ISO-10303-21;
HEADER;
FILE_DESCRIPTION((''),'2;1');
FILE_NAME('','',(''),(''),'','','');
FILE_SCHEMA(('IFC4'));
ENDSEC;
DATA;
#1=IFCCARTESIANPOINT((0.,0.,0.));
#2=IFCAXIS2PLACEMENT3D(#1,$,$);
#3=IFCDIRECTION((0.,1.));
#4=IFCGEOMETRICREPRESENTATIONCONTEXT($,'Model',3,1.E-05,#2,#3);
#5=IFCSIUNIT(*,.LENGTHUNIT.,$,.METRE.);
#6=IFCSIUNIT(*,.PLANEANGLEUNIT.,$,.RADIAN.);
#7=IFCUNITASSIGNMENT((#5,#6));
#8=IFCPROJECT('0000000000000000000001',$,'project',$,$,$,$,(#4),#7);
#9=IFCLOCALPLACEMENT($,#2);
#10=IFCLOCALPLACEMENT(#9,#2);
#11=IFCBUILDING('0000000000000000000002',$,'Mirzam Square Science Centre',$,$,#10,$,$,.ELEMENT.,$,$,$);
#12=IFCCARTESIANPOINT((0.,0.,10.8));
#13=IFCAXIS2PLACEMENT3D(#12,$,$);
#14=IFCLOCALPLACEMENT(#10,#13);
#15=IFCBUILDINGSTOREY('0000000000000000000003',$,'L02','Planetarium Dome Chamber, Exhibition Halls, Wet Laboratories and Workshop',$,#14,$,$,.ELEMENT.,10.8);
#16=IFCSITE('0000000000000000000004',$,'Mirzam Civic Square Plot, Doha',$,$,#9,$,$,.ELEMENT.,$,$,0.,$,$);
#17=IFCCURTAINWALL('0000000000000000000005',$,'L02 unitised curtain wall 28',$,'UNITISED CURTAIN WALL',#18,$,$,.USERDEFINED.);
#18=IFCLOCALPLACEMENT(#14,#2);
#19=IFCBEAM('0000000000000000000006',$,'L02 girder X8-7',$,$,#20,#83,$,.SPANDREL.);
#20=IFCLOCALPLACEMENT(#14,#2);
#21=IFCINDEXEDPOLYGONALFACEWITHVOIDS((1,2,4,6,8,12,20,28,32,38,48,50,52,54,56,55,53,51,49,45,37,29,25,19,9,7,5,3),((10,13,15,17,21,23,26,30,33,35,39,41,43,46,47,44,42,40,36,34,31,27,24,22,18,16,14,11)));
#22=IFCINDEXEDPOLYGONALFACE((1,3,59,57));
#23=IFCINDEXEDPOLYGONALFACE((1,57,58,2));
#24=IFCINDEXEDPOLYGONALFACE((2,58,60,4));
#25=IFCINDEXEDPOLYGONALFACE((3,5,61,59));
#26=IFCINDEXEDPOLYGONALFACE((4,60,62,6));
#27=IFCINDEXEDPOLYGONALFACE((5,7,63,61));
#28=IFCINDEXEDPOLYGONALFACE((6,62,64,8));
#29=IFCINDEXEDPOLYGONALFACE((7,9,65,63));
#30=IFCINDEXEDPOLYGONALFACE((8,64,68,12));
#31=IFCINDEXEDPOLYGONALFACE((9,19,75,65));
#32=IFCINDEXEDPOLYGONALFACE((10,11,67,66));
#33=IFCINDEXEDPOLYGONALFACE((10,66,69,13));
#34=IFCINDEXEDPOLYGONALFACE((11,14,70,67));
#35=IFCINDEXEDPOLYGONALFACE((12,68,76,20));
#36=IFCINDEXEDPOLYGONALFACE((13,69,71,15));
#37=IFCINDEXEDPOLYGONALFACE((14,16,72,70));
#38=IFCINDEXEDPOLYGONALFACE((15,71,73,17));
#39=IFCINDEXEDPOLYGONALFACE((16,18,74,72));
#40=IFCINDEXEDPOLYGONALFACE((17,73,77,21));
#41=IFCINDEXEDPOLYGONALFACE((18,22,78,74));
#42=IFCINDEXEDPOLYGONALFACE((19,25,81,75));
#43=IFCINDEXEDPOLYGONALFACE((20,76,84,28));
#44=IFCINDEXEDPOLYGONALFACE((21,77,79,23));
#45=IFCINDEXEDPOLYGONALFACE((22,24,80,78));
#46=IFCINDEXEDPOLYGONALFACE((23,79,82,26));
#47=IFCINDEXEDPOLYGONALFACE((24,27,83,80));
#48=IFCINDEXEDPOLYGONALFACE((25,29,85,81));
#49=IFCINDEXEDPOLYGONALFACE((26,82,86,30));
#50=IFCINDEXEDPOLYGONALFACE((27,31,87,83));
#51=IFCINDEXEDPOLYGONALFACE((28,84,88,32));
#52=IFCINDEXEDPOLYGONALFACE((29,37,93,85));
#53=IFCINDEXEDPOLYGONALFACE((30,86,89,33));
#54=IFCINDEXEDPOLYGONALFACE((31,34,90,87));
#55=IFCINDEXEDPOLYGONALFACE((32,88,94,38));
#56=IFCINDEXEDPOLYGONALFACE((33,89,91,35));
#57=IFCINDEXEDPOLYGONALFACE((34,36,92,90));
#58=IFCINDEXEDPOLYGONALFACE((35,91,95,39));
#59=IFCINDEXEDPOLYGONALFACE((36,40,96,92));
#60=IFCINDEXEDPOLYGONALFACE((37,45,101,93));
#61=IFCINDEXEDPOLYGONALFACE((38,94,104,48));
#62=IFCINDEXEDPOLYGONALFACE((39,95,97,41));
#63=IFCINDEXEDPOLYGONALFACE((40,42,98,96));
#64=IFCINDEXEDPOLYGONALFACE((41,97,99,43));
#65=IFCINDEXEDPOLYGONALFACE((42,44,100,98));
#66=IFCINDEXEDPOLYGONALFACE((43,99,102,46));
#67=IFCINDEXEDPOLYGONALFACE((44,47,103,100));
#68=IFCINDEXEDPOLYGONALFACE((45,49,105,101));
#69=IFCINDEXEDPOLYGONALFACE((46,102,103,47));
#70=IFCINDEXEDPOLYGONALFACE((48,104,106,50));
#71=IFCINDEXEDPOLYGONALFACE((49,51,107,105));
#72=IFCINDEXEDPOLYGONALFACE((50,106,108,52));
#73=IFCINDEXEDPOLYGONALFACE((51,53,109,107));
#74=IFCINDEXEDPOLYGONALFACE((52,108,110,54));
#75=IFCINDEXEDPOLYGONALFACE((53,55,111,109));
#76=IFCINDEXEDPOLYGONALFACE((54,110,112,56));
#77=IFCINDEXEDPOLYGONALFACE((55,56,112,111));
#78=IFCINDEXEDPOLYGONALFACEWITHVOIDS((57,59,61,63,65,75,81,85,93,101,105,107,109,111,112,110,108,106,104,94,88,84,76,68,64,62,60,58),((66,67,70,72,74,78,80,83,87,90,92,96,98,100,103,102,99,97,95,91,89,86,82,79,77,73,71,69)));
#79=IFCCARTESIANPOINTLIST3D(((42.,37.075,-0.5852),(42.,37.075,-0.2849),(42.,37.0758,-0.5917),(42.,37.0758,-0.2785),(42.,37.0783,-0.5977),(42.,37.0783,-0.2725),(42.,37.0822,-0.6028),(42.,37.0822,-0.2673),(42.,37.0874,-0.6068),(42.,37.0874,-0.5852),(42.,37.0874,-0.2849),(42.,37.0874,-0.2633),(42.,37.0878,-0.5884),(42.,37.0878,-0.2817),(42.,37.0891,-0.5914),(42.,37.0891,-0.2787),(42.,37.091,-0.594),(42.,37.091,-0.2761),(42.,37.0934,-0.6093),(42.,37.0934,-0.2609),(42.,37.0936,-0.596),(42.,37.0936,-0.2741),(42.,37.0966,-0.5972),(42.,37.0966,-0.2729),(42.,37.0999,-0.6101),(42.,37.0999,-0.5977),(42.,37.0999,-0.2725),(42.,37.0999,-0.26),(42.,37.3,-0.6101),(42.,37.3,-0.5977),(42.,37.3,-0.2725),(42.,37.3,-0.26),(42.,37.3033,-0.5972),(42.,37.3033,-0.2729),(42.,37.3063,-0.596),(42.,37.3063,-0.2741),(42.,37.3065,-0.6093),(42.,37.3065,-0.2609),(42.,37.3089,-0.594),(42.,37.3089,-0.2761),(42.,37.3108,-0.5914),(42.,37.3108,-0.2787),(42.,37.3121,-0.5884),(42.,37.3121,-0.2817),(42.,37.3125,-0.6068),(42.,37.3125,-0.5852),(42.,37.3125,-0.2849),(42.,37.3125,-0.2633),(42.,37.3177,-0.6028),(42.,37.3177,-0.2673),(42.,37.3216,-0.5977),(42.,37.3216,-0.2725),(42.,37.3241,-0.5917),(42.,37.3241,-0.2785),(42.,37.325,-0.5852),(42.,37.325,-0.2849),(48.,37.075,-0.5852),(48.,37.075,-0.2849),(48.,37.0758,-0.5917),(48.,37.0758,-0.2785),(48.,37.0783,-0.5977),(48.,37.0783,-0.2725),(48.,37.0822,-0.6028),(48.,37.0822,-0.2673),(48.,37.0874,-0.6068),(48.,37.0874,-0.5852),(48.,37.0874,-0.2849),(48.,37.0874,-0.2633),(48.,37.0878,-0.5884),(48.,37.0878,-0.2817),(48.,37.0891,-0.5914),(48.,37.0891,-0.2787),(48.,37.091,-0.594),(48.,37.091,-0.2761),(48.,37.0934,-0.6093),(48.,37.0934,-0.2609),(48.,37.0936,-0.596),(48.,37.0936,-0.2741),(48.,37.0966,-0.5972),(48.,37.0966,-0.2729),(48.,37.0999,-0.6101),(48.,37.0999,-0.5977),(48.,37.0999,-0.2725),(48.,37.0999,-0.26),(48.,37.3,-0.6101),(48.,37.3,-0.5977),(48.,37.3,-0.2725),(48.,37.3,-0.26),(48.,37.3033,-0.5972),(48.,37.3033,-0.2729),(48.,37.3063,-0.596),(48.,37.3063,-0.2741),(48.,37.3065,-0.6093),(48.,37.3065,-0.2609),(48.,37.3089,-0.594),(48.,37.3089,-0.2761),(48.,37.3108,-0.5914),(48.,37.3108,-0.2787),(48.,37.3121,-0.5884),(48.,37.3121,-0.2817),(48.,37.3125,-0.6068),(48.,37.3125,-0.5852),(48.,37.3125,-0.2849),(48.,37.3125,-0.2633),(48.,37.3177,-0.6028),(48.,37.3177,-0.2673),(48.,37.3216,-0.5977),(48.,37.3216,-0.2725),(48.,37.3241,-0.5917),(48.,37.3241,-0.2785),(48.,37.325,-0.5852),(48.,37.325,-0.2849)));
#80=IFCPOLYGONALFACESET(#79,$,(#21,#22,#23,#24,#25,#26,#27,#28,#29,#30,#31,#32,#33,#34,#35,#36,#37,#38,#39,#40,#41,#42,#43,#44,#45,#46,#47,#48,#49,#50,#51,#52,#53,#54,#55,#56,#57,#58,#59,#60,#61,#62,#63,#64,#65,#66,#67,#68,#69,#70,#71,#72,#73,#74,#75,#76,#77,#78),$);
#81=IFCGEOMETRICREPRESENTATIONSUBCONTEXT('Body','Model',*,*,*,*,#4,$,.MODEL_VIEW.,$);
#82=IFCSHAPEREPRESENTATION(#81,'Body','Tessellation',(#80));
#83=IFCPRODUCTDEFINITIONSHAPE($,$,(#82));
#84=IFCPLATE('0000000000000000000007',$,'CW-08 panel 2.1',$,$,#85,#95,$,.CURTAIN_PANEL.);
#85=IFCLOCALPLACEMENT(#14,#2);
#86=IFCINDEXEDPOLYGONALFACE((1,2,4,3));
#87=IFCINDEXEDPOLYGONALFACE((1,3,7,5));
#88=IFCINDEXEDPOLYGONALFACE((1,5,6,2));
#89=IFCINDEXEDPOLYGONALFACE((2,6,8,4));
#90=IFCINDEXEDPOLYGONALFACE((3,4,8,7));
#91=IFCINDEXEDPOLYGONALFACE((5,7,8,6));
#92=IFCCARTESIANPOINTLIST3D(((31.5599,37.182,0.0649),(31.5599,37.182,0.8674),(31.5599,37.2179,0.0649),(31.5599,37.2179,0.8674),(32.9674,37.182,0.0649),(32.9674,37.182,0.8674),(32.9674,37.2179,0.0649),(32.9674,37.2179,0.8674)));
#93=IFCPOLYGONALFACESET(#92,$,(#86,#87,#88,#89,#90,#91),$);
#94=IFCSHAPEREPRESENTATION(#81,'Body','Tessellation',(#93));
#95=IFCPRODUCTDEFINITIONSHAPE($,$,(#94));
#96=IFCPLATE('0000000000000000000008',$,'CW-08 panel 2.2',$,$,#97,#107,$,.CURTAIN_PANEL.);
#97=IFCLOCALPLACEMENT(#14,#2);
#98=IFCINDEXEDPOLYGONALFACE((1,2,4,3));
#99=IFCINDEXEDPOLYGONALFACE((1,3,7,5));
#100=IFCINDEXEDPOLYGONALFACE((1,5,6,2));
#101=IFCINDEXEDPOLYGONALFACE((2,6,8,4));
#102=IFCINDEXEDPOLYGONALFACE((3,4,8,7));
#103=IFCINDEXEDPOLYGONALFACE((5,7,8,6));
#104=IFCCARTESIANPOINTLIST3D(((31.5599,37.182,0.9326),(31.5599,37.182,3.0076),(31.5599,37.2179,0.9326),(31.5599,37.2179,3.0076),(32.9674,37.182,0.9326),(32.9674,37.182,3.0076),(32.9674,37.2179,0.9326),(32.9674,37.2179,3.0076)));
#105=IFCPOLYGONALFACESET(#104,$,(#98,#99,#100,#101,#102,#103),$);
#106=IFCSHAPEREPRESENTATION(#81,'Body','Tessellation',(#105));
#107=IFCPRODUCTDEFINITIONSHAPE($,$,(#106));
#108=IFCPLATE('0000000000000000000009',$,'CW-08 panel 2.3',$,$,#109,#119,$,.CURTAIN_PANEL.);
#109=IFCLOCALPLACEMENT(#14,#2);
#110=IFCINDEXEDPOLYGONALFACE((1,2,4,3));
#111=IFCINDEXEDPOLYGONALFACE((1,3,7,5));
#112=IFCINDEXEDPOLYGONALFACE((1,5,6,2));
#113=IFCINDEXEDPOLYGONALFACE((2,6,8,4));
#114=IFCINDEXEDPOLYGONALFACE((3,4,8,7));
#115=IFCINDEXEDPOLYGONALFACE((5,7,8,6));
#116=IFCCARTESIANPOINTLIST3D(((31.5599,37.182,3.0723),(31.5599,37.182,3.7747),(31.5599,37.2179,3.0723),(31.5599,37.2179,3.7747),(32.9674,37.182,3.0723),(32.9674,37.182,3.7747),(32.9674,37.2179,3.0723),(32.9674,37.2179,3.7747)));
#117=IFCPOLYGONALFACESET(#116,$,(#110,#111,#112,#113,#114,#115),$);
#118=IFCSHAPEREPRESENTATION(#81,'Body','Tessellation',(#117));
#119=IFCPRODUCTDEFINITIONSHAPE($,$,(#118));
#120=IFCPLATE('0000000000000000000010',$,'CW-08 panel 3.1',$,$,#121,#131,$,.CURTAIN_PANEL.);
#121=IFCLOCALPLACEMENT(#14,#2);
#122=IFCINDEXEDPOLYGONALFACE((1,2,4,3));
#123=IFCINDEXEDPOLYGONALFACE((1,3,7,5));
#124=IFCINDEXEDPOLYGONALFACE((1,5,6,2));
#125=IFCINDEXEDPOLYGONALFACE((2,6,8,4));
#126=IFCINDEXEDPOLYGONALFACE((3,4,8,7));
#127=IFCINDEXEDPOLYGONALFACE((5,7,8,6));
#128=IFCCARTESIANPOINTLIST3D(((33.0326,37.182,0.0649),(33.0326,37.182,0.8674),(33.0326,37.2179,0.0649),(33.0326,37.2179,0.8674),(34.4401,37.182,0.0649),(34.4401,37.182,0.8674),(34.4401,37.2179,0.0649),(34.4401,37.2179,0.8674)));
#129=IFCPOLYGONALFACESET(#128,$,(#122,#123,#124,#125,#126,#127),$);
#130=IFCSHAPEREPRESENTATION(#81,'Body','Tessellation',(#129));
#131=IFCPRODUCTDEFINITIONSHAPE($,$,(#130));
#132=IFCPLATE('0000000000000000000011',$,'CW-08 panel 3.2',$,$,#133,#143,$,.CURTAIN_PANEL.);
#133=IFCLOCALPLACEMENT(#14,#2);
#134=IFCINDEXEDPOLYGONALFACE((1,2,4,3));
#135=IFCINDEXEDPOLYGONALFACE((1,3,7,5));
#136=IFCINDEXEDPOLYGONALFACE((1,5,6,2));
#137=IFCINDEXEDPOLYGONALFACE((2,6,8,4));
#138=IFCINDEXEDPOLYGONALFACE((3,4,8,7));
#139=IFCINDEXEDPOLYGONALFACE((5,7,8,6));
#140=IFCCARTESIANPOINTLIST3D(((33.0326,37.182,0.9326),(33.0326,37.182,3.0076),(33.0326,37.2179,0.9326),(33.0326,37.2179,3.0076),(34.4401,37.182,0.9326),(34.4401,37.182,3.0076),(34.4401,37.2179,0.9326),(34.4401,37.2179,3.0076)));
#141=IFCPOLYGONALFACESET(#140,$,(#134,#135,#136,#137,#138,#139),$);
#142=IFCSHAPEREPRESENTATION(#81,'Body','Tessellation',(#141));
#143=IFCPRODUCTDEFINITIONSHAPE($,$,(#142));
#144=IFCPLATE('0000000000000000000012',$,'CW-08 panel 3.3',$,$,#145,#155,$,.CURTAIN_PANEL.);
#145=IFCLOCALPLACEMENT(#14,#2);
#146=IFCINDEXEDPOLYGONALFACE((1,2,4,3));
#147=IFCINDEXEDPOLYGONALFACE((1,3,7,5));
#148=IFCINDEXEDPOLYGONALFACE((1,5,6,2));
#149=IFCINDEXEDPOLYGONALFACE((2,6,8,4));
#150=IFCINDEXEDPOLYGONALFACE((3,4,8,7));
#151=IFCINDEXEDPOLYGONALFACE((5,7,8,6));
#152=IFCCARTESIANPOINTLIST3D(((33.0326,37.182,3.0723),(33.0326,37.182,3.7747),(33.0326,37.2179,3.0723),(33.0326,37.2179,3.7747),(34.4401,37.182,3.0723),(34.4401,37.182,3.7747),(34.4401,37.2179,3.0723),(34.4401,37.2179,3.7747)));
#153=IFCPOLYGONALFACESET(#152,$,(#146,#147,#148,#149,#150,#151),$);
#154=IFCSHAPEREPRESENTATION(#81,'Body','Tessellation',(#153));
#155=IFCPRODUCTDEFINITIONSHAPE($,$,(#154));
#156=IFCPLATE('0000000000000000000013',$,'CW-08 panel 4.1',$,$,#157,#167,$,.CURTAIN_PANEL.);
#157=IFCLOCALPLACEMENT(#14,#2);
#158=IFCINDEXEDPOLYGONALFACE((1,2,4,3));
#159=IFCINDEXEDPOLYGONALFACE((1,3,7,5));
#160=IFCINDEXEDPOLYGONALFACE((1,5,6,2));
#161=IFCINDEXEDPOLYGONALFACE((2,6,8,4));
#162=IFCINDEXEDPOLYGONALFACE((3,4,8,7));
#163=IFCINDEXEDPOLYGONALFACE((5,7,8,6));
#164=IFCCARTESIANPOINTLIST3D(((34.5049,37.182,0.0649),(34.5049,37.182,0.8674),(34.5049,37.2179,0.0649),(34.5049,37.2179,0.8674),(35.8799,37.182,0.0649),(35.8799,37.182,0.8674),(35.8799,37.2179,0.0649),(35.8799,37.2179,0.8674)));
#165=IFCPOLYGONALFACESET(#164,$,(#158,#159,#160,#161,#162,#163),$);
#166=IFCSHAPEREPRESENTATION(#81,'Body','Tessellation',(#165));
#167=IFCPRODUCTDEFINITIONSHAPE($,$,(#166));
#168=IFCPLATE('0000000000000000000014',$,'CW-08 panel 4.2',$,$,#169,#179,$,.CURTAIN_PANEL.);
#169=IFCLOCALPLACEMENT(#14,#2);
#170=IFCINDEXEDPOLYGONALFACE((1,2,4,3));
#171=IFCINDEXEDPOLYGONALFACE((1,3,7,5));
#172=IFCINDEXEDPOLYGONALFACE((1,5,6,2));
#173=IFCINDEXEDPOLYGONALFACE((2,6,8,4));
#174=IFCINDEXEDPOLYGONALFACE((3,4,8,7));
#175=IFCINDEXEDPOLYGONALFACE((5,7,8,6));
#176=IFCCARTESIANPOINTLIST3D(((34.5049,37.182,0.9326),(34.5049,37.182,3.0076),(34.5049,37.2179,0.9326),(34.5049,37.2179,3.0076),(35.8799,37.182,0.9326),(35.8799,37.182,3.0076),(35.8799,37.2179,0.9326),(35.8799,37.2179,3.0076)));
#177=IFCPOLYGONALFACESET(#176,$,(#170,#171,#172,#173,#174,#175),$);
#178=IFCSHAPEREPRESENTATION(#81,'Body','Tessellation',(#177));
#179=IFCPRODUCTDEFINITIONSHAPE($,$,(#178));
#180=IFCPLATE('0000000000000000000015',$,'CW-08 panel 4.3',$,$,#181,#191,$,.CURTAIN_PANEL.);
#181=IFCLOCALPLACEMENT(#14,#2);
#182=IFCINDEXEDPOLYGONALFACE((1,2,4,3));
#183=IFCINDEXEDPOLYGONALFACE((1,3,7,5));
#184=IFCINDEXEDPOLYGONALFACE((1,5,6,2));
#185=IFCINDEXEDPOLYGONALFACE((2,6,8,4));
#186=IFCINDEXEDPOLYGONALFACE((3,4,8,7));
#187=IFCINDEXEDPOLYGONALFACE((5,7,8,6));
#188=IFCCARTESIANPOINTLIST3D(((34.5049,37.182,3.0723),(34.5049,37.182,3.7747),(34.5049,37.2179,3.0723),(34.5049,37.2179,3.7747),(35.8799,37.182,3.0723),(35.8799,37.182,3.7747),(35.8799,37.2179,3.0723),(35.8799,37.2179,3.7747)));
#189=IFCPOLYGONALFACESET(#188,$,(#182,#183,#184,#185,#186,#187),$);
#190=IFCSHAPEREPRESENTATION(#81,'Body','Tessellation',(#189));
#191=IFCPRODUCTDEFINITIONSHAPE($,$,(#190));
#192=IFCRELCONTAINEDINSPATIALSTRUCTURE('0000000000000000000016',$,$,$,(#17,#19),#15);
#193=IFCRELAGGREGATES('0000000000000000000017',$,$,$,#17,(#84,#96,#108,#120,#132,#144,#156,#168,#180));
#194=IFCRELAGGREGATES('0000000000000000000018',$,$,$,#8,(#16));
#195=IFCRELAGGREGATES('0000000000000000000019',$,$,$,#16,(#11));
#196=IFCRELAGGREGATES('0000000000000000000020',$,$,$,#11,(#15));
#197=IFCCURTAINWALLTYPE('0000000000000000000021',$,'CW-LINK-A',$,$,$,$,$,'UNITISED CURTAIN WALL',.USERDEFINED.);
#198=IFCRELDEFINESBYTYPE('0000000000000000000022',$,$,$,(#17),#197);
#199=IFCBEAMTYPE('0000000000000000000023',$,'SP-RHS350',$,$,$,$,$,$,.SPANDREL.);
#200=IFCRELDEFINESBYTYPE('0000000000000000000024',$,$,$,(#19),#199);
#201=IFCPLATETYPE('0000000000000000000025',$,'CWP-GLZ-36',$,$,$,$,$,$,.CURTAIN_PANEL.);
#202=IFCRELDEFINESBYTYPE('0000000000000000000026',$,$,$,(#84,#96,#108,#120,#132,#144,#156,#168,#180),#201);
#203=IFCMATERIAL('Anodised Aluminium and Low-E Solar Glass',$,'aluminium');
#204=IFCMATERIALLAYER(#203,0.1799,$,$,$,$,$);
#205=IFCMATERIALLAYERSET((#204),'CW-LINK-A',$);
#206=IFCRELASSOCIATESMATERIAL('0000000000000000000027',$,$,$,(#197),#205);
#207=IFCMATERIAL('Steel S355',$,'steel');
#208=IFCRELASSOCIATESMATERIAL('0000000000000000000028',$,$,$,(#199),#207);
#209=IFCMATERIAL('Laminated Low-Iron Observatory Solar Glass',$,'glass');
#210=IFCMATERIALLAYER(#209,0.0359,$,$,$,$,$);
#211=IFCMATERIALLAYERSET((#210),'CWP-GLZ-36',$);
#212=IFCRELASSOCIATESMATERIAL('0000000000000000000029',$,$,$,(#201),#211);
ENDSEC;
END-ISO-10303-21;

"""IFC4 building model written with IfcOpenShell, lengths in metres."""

from ifc_helpers import new_model, si_unit, direction, frame, origin, origin_2d, place, context, subcontext, project, spatial, rectangle, hollow_rectangle, extrude, material, layer, layer_set, material_profile, profile_set, type_object, element, aggregate, save


model = new_model("IFC4")

# Units and contexts
model_context = context("Model", 3, precision=1e-05, world=origin(), true_north=direction((0.0, 1.0)))
body_context = subcontext(model_context, "Body", "Model", "MODEL_VIEW")
ifc_project = project(units=[si_unit("LENGTHUNIT", "METRE"), si_unit("PLANEANGLEUNIT", "RADIAN")], contexts=[model_context])

# Site, building, storey
site_placement = place(None, origin())
site = spatial("IfcSite", under=ifc_project, at=site_placement, Name="Mirzam Civic Square Plot, Doha", CompositionType="ELEMENT", RefElevation=0.0)
building_placement = place(site_placement, origin())
building = spatial("IfcBuilding", under=site, at=building_placement, Name="Mirzam Square Science Centre", CompositionType="ELEMENT")
storey_placement = place(building_placement, frame((0.0, 0.0, 10.8)))
storey = spatial("IfcBuildingStorey", under=building, at=storey_placement, Name="L02", Description="Planetarium Dome Chamber, Exhibition Halls, Wet Laboratories and Workshop", CompositionType="ELEMENT", Elevation=10.8)

# Shared definitions
ifc_material_1 = material(Name="Steel S355", Category="steel")

# Shared definitions
ifc_material_2 = material(Name="Anodised Aluminium and Low-E Solar Glass", Category="aluminium")

# Curtain wall
ifc_layer_1 = layer(ifc_material_2, 0.1799)
ifc_layer_set_1 = layer_set([ifc_layer_1], Name="CW-LINK-A")
curtain_wall_type_1 = type_object("IfcCurtainWallType", Name="CW-LINK-A", ElementType="UNITISED CURTAIN WALL", PredefinedType="USERDEFINED", material=ifc_layer_set_1)
curtain_wall_1_placement = place(storey_placement, origin())
curtain_wall_1 = element("IfcCurtainWall", 1, at=curtain_wall_1_placement, inside=storey, type_object=curtain_wall_type_1, Name="L02 unitised curtain wall 28", ObjectType="UNITISED CURTAIN WALL", PredefinedType="USERDEFINED")

# Beam
ifc_material_profile_1 = material_profile(ifc_material_1, hollow_rectangle(XDim=0.25, YDim=0.3501, WallThickness=0.0125, InnerFilletRadius=0.0125, OuterFilletRadius=0.0249, at=origin_2d()), Name="350x250x12.5RHS")
ifc_profile_set_1 = profile_set([ifc_material_profile_1], Name="Steel S355")
beam_type_1 = type_object("IfcBeamType", Name="SP-RHS350", PredefinedType="SPANDREL", material=ifc_profile_set_1)
for number, where, z_axis, x_axis, name in (
    (2, (42.0, 37.2, -0.4351), (1.0, 0.0, 0.0), (0.0, 1.0, 0.0), "L02 girder X8-7"),
):
    element("IfcBeam", number, at=place(storey_placement, frame(where, z_axis=z_axis, x_axis=x_axis)), inside=storey, type_object=beam_type_1, Name=name, PredefinedType="SPANDREL", context=body_context, shape_type="SweptSolid", body=[
        extrude(hollow_rectangle(XDim=0.25, YDim=0.3501, WallThickness=0.0125, InnerFilletRadius=0.0125, OuterFilletRadius=0.0249, at=origin_2d()), origin(), (0.0, 0.0, 1.0), 6.0),
    ])

# Plates
ifc_material_3 = material(Name="Laminated Low-Iron Observatory Solar Glass", Category="glass")
ifc_layer_2 = layer(ifc_material_3, 0.0359)
ifc_layer_set_2 = layer_set([ifc_layer_2], Name="CWP-GLZ-36")
plate_type_1 = type_object("IfcPlateType", Name="CWP-GLZ-36", PredefinedType="CURTAIN_PANEL", material=ifc_layer_set_2)
plate_1_placement = place(storey_placement, frame((32.2637, 37.2, 0.0649), z_axis=(0.0, 0.0, 1.0), x_axis=(1.0, 0.0, 0.0)))
plate_1 = element("IfcPlate", 3, at=plate_1_placement, type_object=plate_type_1, Name="CW-08 panel 2.1", PredefinedType="CURTAIN_PANEL", context=body_context, shape_type="SweptSolid", body=[
    extrude(rectangle(XDim=1.4075, YDim=0.0359, at=origin_2d()), origin(), (0.0, 0.0, 1.0), 0.8025),
])
plate_2_placement = place(storey_placement, frame((32.2637, 37.2, 0.9326), z_axis=(0.0, 0.0, 1.0), x_axis=(1.0, 0.0, 0.0)))
plate_2 = element("IfcPlate", 4, at=plate_2_placement, type_object=plate_type_1, Name="CW-08 panel 2.2", PredefinedType="CURTAIN_PANEL", context=body_context, shape_type="SweptSolid", body=[
    extrude(rectangle(XDim=1.4075, YDim=0.0359, at=origin_2d()), origin(), (0.0, 0.0, 1.0), 2.075),
])
plate_3_placement = place(storey_placement, frame((32.2637, 37.2, 3.0723), z_axis=(0.0, 0.0, 1.0), x_axis=(1.0, 0.0, 0.0)))
plate_3 = element("IfcPlate", 5, at=plate_3_placement, type_object=plate_type_1, Name="CW-08 panel 2.3", PredefinedType="CURTAIN_PANEL", context=body_context, shape_type="SweptSolid", body=[
    extrude(rectangle(XDim=1.4075, YDim=0.0359, at=origin_2d()), origin(), (0.0, 0.0, 1.0), 0.7024),
])
plate_4_placement = place(storey_placement, frame((33.7363, 37.2, 0.0649), z_axis=(0.0, 0.0, 1.0), x_axis=(1.0, 0.0, 0.0)))
plate_4 = element("IfcPlate", 6, at=plate_4_placement, type_object=plate_type_1, Name="CW-08 panel 3.1", PredefinedType="CURTAIN_PANEL", context=body_context, shape_type="SweptSolid", body=[
    extrude(rectangle(XDim=1.4075, YDim=0.0359, at=origin_2d()), origin(), (0.0, 0.0, 1.0), 0.8025),
])
plate_5_placement = place(storey_placement, frame((33.7363, 37.2, 0.9326), z_axis=(0.0, 0.0, 1.0), x_axis=(1.0, 0.0, 0.0)))
plate_5 = element("IfcPlate", 7, at=plate_5_placement, type_object=plate_type_1, Name="CW-08 panel 3.2", PredefinedType="CURTAIN_PANEL", context=body_context, shape_type="SweptSolid", body=[
    extrude(rectangle(XDim=1.4075, YDim=0.0359, at=origin_2d()), origin(), (0.0, 0.0, 1.0), 2.075),
])
plate_6_placement = place(storey_placement, frame((33.7363, 37.2, 3.0723), z_axis=(0.0, 0.0, 1.0), x_axis=(1.0, 0.0, 0.0)))
plate_6 = element("IfcPlate", 8, at=plate_6_placement, type_object=plate_type_1, Name="CW-08 panel 3.3", PredefinedType="CURTAIN_PANEL", context=body_context, shape_type="SweptSolid", body=[
    extrude(rectangle(XDim=1.4075, YDim=0.0359, at=origin_2d()), origin(), (0.0, 0.0, 1.0), 0.7024),
])
plate_7_placement = place(storey_placement, frame((35.1924, 37.2, 0.0649), z_axis=(0.0, 0.0, 1.0), x_axis=(1.0, 0.0, 0.0)))
plate_7 = element("IfcPlate", 9, at=plate_7_placement, type_object=plate_type_1, Name="CW-08 panel 4.1", PredefinedType="CURTAIN_PANEL", context=body_context, shape_type="SweptSolid", body=[
    extrude(rectangle(XDim=1.375, YDim=0.0359, at=origin_2d()), origin(), (0.0, 0.0, 1.0), 0.8025),
])
plate_8_placement = place(storey_placement, frame((35.1924, 37.2, 0.9326), z_axis=(0.0, 0.0, 1.0), x_axis=(1.0, 0.0, 0.0)))
plate_8 = element("IfcPlate", 10, at=plate_8_placement, type_object=plate_type_1, Name="CW-08 panel 4.2", PredefinedType="CURTAIN_PANEL", context=body_context, shape_type="SweptSolid", body=[
    extrude(rectangle(XDim=1.375, YDim=0.0359, at=origin_2d()), origin(), (0.0, 0.0, 1.0), 2.075),
])
plate_9_placement = place(storey_placement, frame((35.1924, 37.2, 3.0723), z_axis=(0.0, 0.0, 1.0), x_axis=(1.0, 0.0, 0.0)))
plate_9 = element("IfcPlate", 11, at=plate_9_placement, type_object=plate_type_1, Name="CW-08 panel 4.3", PredefinedType="CURTAIN_PANEL", context=body_context, shape_type="SweptSolid", body=[
    extrude(rectangle(XDim=1.375, YDim=0.0359, at=origin_2d()), origin(), (0.0, 0.0, 1.0), 0.7024),
])
aggregate(curtain_wall_1, [plate_1, plate_2, plate_3, plate_4, plate_5, plate_6, plate_7, plate_8, plate_9])

save(model, "model.ifc")
